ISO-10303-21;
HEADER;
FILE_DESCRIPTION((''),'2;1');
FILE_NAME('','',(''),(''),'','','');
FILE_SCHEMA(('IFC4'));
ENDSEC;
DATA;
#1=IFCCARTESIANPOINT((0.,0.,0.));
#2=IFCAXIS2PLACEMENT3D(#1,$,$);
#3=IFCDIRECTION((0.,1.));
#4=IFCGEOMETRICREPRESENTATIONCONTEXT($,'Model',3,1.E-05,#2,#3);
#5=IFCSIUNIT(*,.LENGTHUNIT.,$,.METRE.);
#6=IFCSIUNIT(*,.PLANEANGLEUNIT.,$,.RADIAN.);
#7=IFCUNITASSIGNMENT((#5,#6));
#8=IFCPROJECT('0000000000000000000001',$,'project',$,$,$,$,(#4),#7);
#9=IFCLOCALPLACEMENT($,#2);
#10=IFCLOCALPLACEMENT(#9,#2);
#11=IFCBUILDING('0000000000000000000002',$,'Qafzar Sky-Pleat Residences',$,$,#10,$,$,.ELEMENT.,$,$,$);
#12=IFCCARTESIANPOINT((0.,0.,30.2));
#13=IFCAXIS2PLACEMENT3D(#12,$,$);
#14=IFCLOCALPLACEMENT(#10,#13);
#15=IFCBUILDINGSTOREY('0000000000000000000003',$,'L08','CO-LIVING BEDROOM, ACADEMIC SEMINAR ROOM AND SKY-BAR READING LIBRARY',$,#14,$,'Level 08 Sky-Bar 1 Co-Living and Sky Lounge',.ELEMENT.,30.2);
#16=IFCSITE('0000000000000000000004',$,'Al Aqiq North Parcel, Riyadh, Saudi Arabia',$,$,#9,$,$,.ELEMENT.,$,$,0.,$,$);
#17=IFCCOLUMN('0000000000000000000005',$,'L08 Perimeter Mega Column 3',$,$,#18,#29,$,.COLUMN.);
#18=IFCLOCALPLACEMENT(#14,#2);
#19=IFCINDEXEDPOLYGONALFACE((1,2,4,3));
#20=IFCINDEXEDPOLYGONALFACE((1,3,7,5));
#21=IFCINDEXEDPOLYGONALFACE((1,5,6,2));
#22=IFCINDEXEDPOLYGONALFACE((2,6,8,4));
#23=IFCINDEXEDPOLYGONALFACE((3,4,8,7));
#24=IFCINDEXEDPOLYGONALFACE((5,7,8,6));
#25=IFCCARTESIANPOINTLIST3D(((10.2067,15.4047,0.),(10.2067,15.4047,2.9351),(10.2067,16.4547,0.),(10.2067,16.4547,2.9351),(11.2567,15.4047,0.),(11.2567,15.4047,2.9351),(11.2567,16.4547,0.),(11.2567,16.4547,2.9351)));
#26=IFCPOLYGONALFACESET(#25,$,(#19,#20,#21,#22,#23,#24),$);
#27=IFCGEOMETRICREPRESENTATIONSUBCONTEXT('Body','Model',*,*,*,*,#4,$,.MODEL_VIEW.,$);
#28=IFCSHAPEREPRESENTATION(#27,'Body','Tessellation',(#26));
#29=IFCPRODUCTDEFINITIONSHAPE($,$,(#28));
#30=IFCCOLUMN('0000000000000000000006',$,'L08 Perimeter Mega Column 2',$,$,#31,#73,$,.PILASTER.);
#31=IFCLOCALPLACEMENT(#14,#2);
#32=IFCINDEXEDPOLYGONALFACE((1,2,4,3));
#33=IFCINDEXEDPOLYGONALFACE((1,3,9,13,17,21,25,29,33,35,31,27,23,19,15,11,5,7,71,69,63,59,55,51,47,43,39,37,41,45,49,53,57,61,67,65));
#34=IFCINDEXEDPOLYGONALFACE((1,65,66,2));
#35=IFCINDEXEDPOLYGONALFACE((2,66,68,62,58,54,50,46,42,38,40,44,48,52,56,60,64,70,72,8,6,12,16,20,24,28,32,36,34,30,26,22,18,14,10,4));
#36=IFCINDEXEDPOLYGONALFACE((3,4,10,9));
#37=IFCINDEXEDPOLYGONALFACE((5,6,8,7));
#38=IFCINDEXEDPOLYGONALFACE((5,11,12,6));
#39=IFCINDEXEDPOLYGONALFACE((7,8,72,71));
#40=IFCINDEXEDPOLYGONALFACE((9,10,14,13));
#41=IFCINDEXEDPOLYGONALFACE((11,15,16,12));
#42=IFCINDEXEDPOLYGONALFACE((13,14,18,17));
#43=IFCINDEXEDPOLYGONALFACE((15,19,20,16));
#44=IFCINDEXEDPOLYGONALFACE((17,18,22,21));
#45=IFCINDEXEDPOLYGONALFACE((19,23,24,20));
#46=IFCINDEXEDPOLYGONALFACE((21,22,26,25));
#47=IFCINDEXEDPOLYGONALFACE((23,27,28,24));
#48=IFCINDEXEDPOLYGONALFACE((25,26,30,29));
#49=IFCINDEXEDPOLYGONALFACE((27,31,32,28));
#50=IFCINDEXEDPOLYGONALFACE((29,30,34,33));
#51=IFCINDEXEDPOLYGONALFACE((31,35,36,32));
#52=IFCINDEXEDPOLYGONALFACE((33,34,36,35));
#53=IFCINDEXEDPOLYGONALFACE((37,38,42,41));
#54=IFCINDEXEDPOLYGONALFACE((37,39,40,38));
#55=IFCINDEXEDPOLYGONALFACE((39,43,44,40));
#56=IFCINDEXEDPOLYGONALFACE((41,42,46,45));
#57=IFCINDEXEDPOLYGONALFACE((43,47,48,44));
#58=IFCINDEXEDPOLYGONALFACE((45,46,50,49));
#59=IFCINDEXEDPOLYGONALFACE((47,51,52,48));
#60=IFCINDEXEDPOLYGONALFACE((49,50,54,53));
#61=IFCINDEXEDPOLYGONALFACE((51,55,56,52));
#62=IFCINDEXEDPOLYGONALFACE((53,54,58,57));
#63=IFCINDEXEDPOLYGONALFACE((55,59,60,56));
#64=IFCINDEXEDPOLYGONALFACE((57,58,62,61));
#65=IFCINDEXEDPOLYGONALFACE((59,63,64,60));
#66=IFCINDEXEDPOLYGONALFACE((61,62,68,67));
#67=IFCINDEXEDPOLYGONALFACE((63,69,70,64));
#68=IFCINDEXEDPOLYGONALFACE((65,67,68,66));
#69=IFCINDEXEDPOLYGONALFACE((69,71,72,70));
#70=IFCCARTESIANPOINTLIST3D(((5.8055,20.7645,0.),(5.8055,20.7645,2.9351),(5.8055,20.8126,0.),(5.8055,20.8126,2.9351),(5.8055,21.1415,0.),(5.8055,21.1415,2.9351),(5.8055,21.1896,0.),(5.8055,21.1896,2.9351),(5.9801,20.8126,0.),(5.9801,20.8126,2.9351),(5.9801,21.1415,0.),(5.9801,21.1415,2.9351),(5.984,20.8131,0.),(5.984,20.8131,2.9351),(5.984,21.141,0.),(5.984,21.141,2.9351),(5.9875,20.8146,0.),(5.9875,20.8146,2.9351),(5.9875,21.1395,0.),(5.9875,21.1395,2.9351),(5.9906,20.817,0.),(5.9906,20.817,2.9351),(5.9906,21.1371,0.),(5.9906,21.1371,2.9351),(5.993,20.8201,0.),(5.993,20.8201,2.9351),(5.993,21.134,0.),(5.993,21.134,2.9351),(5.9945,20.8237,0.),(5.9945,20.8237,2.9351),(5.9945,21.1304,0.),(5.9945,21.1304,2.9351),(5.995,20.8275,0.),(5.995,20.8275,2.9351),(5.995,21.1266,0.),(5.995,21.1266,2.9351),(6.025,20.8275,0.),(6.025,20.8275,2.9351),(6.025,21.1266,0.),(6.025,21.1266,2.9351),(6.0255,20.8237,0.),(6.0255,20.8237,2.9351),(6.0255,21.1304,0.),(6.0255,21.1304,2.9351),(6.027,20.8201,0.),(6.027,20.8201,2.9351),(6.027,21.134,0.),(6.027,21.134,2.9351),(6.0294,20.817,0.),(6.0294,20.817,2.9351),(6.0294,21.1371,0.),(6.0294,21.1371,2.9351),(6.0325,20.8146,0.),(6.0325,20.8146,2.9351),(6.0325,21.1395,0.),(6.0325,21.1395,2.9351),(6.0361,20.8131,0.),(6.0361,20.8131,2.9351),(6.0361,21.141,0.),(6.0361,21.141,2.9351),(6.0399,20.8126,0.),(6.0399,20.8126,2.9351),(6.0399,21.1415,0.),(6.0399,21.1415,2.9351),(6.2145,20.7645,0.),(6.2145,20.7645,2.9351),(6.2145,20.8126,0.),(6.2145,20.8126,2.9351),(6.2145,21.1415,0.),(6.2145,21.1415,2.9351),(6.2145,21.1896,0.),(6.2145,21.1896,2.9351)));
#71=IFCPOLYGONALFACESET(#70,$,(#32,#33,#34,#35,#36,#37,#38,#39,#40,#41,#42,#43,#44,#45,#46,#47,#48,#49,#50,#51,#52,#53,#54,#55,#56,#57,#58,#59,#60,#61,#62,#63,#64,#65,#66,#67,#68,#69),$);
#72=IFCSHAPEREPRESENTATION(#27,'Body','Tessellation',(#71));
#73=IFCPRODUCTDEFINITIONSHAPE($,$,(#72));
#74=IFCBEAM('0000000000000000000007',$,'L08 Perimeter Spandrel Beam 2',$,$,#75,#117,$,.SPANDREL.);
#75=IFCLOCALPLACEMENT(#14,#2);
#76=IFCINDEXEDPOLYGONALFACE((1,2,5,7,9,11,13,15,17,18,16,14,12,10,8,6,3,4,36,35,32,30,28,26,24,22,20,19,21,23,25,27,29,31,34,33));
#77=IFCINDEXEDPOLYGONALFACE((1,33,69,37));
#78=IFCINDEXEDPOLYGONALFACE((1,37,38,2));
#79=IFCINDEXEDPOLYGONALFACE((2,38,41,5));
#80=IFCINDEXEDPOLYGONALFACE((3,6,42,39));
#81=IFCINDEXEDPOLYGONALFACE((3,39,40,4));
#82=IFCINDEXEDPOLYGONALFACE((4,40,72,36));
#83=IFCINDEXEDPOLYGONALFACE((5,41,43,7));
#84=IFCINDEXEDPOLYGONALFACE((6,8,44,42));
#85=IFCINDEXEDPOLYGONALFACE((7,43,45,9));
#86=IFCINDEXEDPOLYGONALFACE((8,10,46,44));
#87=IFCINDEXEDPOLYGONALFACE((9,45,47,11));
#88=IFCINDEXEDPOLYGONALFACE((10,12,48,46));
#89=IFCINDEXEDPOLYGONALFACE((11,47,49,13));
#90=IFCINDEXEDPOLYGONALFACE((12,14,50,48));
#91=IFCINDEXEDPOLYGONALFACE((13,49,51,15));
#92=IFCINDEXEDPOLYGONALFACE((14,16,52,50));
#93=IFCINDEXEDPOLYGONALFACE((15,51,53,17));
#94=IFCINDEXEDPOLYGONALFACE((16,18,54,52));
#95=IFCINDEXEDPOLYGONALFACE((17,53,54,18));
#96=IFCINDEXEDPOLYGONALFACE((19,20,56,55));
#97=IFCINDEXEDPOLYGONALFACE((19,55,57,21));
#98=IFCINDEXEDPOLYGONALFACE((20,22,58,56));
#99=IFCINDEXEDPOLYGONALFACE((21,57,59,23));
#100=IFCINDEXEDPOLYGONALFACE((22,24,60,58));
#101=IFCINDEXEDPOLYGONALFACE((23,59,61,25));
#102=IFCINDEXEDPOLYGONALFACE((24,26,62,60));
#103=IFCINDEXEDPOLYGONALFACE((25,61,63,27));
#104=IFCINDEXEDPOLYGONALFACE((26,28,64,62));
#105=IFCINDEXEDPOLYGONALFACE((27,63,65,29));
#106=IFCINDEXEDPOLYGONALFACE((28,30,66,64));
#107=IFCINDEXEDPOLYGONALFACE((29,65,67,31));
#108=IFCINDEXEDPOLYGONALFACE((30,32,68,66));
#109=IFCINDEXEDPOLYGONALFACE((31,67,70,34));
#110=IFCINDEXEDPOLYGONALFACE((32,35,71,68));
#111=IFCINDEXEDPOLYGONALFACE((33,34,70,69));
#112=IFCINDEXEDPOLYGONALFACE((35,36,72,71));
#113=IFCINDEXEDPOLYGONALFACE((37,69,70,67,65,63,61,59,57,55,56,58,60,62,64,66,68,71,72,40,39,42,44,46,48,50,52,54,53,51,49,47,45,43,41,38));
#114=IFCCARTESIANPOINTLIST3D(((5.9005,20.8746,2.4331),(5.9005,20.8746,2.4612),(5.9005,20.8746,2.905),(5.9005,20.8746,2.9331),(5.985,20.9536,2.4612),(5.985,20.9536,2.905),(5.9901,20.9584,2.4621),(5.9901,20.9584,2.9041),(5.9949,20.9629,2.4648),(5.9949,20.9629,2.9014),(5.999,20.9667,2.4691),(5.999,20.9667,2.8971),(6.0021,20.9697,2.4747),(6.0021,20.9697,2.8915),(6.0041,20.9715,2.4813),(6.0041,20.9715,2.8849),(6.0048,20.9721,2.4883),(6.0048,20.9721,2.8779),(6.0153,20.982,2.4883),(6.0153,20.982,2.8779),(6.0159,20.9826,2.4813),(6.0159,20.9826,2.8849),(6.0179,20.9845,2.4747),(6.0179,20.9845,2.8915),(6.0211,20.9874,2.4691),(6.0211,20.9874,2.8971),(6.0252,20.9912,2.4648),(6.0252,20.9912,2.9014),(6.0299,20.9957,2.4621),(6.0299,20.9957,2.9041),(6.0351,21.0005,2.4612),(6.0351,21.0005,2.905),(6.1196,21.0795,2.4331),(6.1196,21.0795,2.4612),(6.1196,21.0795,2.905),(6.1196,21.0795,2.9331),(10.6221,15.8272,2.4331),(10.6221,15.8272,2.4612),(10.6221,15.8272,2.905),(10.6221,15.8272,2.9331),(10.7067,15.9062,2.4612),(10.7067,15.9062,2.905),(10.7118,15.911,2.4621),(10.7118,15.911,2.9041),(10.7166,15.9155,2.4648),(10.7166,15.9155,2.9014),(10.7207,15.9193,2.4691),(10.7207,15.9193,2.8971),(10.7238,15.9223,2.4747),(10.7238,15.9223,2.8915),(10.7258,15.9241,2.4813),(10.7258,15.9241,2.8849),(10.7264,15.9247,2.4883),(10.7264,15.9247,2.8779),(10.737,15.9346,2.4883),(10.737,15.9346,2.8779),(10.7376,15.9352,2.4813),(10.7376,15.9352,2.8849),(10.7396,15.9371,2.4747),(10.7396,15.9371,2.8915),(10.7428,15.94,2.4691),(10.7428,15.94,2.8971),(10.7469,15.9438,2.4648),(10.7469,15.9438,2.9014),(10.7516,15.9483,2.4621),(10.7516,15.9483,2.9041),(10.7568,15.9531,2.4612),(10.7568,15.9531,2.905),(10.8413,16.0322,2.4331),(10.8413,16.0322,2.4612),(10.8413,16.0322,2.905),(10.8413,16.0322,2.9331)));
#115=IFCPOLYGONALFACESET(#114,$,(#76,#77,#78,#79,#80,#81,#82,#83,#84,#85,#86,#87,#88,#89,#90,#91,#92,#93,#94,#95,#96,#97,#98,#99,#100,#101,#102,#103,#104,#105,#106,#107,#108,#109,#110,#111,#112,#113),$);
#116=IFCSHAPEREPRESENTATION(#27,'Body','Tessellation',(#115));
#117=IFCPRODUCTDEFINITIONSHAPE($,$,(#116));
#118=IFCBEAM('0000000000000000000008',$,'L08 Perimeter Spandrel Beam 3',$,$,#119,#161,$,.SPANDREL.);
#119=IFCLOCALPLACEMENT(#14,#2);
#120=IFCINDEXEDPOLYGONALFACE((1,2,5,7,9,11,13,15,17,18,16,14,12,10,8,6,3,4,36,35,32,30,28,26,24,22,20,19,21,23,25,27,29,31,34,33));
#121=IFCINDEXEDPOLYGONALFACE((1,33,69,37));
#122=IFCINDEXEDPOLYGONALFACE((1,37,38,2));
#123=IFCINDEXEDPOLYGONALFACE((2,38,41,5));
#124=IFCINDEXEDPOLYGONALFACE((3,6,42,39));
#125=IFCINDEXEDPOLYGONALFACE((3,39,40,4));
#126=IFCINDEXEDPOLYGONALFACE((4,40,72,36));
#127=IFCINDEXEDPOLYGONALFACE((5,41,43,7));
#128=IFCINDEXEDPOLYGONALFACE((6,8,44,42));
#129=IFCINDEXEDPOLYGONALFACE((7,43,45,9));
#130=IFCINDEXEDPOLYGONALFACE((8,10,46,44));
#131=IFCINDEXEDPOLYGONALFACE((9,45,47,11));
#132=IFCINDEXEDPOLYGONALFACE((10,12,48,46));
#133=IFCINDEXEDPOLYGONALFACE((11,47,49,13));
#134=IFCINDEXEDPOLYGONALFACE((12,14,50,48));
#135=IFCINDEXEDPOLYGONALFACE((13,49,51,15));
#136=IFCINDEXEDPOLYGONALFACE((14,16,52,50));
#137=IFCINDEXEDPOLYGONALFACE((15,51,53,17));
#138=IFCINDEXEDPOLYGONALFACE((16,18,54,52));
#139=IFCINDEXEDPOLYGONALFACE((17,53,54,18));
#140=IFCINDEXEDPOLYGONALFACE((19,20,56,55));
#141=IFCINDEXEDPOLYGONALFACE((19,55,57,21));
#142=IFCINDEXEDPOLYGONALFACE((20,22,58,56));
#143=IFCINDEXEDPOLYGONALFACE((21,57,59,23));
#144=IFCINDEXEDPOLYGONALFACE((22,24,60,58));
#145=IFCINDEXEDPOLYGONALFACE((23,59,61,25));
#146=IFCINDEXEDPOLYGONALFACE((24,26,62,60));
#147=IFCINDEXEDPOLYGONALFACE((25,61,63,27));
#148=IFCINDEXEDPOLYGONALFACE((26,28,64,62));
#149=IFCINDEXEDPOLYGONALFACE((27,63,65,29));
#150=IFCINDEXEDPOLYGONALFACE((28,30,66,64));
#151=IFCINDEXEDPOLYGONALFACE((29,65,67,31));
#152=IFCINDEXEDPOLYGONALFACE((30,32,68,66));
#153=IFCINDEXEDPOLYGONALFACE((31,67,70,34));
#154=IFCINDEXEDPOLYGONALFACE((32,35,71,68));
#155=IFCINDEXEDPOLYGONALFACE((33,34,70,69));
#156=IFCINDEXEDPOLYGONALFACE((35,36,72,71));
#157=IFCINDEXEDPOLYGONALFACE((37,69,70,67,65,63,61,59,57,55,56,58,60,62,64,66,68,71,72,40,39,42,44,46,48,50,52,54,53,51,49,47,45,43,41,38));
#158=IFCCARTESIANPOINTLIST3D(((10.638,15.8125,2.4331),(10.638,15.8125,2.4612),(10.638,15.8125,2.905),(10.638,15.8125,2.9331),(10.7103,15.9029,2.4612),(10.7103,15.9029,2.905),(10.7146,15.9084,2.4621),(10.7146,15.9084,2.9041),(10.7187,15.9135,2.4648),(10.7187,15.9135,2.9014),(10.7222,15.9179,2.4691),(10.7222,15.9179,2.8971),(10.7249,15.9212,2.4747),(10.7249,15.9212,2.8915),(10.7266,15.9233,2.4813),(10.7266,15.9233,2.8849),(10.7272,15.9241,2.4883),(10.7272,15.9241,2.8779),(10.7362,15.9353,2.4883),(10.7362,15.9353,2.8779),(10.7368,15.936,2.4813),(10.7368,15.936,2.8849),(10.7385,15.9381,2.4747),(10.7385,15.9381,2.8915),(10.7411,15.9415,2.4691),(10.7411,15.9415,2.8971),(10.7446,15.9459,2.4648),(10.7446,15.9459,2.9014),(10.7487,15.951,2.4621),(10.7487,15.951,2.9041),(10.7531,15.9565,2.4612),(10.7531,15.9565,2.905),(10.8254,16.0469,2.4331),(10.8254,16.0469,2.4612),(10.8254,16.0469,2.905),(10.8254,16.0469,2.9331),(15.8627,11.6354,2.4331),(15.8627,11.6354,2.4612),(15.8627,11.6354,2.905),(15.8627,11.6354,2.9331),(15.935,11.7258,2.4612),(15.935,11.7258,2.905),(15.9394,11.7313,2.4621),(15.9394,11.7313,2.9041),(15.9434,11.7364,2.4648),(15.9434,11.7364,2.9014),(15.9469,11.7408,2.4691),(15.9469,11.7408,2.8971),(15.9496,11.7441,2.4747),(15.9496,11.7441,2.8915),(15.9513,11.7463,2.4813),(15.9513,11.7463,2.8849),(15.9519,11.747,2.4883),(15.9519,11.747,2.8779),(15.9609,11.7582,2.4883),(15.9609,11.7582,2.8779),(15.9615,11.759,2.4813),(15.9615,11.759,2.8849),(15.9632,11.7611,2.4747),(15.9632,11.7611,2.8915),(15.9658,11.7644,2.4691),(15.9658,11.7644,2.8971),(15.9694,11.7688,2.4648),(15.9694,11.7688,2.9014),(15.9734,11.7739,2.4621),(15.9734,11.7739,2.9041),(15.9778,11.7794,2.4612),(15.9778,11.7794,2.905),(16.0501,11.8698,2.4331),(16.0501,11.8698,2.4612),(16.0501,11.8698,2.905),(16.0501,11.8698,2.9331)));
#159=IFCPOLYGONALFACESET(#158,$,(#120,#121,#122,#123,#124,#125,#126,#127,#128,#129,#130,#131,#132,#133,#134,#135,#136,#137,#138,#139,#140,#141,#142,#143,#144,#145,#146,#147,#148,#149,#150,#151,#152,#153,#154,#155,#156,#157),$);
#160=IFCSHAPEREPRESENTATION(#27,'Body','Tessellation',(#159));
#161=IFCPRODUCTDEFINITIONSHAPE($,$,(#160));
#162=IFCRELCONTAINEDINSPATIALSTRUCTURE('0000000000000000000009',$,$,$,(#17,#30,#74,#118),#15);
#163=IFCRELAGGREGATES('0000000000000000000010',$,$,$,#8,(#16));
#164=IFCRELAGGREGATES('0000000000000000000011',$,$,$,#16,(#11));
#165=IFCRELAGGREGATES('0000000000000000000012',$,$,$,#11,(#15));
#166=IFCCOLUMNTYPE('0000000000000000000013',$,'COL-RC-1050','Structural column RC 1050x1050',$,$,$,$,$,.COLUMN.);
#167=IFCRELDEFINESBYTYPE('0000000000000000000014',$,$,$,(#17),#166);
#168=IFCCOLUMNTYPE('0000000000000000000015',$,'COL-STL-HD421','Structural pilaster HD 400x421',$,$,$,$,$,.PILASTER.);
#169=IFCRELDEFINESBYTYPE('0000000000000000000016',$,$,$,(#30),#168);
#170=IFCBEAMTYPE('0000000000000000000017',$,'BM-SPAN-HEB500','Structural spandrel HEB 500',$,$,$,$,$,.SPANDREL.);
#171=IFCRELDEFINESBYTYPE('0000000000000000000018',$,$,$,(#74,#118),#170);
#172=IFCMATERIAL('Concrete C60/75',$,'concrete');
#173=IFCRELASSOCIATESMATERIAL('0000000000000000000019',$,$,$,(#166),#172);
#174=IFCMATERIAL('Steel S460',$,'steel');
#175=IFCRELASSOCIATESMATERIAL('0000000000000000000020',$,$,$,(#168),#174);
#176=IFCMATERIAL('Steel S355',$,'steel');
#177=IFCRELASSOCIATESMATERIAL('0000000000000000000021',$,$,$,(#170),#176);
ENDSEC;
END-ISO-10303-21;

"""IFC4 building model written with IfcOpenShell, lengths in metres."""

from ifc_helpers import new_model, si_unit, direction, frame, origin, origin_2d, place, context, subcontext, project, spatial, rectangle, i_section, extrude, source, transform, mapped, material, material_profile, profile_set, type_object, element, save


model = new_model("IFC4")

# Units and contexts
model_context = context("Model", 3, precision=1e-05, world=origin(), true_north=direction((0.0, 1.0)))
body_context = subcontext(model_context, "Body", "Model", "MODEL_VIEW")
ifc_project = project(units=[si_unit("LENGTHUNIT", "METRE"), si_unit("PLANEANGLEUNIT", "RADIAN")], contexts=[model_context])

# Site, building, storey
site_placement = place(None, origin())
site = spatial("IfcSite", under=ifc_project, at=site_placement, Name="Al Aqiq North Parcel, Riyadh, Saudi Arabia", CompositionType="ELEMENT", RefElevation=0.0)
building_placement = place(site_placement, origin())
building = spatial("IfcBuilding", under=site, at=building_placement, Name="Qafzar Sky-Pleat Residences", CompositionType="ELEMENT")
storey_placement = place(building_placement, frame((0.0, 0.0, 30.2)))
storey = spatial("IfcBuildingStorey", under=building, at=storey_placement, Name="L08", Description="CO-LIVING BEDROOM, ACADEMIC SEMINAR ROOM AND SKY-BAR READING LIBRARY", LongName="Level 08 Sky-Bar 1 Co-Living and Sky Lounge", CompositionType="ELEMENT", Elevation=30.2)

# Columns
ifc_material_1 = material(Name="Concrete C60/75", Category="concrete")
ifc_material_profile_1 = material_profile(ifc_material_1, rectangle(XDim=1.05, YDim=1.05, at=origin_2d()), Name="RC 1050x1050")
ifc_profile_set_1 = profile_set([ifc_material_profile_1], Name="Concrete C60/75")
column_type_1 = type_object("IfcColumnType", Name="COL-RC-1050", Description="Structural column RC 1050x1050", PredefinedType="COLUMN", material=ifc_profile_set_1)
shared_shape_1 = source(origin(), body_context, "Body", "SweptSolid", [
    extrude(rectangle(XDim=1.05, YDim=1.05, at=origin_2d()), origin(), (0.0, 0.0, 1.0), 2.9351),
])
column_1_placement = place(storey_placement, frame((10.7317, 15.9297, 0.0), z_axis=(0.0, 0.0, 1.0), x_axis=(1.0, 0.0, 0.0)))
element("IfcColumn", 1, at=column_1_placement, inside=storey, type_object=column_type_1, Name="L08 Perimeter Mega Column 3", PredefinedType="COLUMN", context=body_context, shape_type="MappedRepresentation", body=[
    mapped(shared_shape_1, transform((0.0, 0.0, 0.0), x_axis=(1.0, 0.0, 0.0), y_axis=(0.0, 1.0, 0.0), z_axis=(0.0, 0.0, 1.0), scale=1.0)),
])
ifc_material_2 = material(Name="Steel S460", Category="steel")
ifc_material_profile_2 = material_profile(ifc_material_2, i_section(OverallWidth=0.4089, OverallDepth=0.425, WebThickness=0.03, FlangeThickness=0.0481, FilletRadius=0.0149, at=origin_2d()), Name="HD 400x421")
ifc_profile_set_2 = profile_set([ifc_material_profile_2], Name="Steel S460")
column_type_2 = type_object("IfcColumnType", Name="COL-STL-HD421", Description="Structural pilaster HD 400x421", PredefinedType="PILASTER", material=ifc_profile_set_2)
shared_shape_2 = source(origin(), body_context, "Body", "SweptSolid", [
    extrude(i_section(OverallWidth=0.4089, OverallDepth=0.425, WebThickness=0.03, FlangeThickness=0.0481, FilletRadius=0.0149, at=origin_2d()), origin(), (0.0, 0.0, 1.0), 2.9351),
])
column_2_placement = place(storey_placement, frame((6.01, 20.9771, 0.0), z_axis=(0.0, 0.0, 1.0), x_axis=(1.0, 0.0, 0.0)))
element("IfcColumn", 2, at=column_2_placement, inside=storey, type_object=column_type_2, Name="L08 Perimeter Mega Column 2", PredefinedType="PILASTER", context=body_context, shape_type="MappedRepresentation", body=[
    mapped(shared_shape_2, transform((0.0, 0.0, 0.0), x_axis=(1.0, 0.0, 0.0), y_axis=(0.0, 1.0, 0.0), z_axis=(0.0, 0.0, 1.0), scale=1.0)),
])

# Beams
ifc_material_3 = material(Name="Steel S355", Category="steel")
ifc_material_profile_3 = material_profile(ifc_material_3, i_section(OverallWidth=0.3, OverallDepth=0.5, WebThickness=0.0144, FlangeThickness=0.0281, FilletRadius=0.0271, at=origin_2d()), Name="HEB 500")
ifc_profile_set_3 = profile_set([ifc_material_profile_3], Name="Steel S355")
beam_type_1 = type_object("IfcBeamType", Name="BM-SPAN-HEB500", Description="Structural spandrel HEB 500", PredefinedType="SPANDREL", material=ifc_profile_set_3)
shared_shape_3 = source(origin(), body_context, "Body", "SweptSolid", [
    extrude(i_section(OverallWidth=0.3, OverallDepth=0.5, WebThickness=0.0144, FlangeThickness=0.0281, FilletRadius=0.0271, at=origin_2d()), origin(), (0.0, 0.0, 1.0), 6.9116),
])
beam_1_placement = place(storey_placement, frame((6.01, 20.9771, 2.6831), z_axis=(0.683153, -0.730275, 0.0), x_axis=(0.730275, 0.683153, 0.0)))
element("IfcBeam", 3, at=beam_1_placement, inside=storey, type_object=beam_type_1, Name="L08 Perimeter Spandrel Beam 2", PredefinedType="SPANDREL", context=body_context, shape_type="MappedRepresentation", body=[
    mapped(shared_shape_3, transform((0.0, 0.0, 0.0), x_axis=(1.0, 0.0, 0.0), y_axis=(0.0, 1.0, 0.0), z_axis=(0.0, 0.0, 1.0), scale=1.0)),
])
shared_shape_4 = source(origin(), body_context, "Body", "SweptSolid", [
    extrude(i_section(OverallWidth=0.3, OverallDepth=0.5, WebThickness=0.0144, FlangeThickness=0.0281, FilletRadius=0.0271, at=origin_2d()), origin(), (0.0, 0.0, 1.0), 6.6892),
])
beam_2_placement = place(storey_placement, frame((10.7317, 15.9297, 2.6831), z_axis=(0.781065, -0.62445, 0.0), x_axis=(0.62445, 0.781065, 0.0)))
element("IfcBeam", 4, at=beam_2_placement, inside=storey, type_object=beam_type_1, Name="L08 Perimeter Spandrel Beam 3", PredefinedType="SPANDREL", context=body_context, shape_type="MappedRepresentation", body=[
    mapped(shared_shape_4, transform((0.0, 0.0, 0.0), x_axis=(1.0, 0.0, 0.0), y_axis=(0.0, 1.0, 0.0), z_axis=(0.0, 0.0, 1.0), scale=1.0)),
])

save(model, "model.ifc")
